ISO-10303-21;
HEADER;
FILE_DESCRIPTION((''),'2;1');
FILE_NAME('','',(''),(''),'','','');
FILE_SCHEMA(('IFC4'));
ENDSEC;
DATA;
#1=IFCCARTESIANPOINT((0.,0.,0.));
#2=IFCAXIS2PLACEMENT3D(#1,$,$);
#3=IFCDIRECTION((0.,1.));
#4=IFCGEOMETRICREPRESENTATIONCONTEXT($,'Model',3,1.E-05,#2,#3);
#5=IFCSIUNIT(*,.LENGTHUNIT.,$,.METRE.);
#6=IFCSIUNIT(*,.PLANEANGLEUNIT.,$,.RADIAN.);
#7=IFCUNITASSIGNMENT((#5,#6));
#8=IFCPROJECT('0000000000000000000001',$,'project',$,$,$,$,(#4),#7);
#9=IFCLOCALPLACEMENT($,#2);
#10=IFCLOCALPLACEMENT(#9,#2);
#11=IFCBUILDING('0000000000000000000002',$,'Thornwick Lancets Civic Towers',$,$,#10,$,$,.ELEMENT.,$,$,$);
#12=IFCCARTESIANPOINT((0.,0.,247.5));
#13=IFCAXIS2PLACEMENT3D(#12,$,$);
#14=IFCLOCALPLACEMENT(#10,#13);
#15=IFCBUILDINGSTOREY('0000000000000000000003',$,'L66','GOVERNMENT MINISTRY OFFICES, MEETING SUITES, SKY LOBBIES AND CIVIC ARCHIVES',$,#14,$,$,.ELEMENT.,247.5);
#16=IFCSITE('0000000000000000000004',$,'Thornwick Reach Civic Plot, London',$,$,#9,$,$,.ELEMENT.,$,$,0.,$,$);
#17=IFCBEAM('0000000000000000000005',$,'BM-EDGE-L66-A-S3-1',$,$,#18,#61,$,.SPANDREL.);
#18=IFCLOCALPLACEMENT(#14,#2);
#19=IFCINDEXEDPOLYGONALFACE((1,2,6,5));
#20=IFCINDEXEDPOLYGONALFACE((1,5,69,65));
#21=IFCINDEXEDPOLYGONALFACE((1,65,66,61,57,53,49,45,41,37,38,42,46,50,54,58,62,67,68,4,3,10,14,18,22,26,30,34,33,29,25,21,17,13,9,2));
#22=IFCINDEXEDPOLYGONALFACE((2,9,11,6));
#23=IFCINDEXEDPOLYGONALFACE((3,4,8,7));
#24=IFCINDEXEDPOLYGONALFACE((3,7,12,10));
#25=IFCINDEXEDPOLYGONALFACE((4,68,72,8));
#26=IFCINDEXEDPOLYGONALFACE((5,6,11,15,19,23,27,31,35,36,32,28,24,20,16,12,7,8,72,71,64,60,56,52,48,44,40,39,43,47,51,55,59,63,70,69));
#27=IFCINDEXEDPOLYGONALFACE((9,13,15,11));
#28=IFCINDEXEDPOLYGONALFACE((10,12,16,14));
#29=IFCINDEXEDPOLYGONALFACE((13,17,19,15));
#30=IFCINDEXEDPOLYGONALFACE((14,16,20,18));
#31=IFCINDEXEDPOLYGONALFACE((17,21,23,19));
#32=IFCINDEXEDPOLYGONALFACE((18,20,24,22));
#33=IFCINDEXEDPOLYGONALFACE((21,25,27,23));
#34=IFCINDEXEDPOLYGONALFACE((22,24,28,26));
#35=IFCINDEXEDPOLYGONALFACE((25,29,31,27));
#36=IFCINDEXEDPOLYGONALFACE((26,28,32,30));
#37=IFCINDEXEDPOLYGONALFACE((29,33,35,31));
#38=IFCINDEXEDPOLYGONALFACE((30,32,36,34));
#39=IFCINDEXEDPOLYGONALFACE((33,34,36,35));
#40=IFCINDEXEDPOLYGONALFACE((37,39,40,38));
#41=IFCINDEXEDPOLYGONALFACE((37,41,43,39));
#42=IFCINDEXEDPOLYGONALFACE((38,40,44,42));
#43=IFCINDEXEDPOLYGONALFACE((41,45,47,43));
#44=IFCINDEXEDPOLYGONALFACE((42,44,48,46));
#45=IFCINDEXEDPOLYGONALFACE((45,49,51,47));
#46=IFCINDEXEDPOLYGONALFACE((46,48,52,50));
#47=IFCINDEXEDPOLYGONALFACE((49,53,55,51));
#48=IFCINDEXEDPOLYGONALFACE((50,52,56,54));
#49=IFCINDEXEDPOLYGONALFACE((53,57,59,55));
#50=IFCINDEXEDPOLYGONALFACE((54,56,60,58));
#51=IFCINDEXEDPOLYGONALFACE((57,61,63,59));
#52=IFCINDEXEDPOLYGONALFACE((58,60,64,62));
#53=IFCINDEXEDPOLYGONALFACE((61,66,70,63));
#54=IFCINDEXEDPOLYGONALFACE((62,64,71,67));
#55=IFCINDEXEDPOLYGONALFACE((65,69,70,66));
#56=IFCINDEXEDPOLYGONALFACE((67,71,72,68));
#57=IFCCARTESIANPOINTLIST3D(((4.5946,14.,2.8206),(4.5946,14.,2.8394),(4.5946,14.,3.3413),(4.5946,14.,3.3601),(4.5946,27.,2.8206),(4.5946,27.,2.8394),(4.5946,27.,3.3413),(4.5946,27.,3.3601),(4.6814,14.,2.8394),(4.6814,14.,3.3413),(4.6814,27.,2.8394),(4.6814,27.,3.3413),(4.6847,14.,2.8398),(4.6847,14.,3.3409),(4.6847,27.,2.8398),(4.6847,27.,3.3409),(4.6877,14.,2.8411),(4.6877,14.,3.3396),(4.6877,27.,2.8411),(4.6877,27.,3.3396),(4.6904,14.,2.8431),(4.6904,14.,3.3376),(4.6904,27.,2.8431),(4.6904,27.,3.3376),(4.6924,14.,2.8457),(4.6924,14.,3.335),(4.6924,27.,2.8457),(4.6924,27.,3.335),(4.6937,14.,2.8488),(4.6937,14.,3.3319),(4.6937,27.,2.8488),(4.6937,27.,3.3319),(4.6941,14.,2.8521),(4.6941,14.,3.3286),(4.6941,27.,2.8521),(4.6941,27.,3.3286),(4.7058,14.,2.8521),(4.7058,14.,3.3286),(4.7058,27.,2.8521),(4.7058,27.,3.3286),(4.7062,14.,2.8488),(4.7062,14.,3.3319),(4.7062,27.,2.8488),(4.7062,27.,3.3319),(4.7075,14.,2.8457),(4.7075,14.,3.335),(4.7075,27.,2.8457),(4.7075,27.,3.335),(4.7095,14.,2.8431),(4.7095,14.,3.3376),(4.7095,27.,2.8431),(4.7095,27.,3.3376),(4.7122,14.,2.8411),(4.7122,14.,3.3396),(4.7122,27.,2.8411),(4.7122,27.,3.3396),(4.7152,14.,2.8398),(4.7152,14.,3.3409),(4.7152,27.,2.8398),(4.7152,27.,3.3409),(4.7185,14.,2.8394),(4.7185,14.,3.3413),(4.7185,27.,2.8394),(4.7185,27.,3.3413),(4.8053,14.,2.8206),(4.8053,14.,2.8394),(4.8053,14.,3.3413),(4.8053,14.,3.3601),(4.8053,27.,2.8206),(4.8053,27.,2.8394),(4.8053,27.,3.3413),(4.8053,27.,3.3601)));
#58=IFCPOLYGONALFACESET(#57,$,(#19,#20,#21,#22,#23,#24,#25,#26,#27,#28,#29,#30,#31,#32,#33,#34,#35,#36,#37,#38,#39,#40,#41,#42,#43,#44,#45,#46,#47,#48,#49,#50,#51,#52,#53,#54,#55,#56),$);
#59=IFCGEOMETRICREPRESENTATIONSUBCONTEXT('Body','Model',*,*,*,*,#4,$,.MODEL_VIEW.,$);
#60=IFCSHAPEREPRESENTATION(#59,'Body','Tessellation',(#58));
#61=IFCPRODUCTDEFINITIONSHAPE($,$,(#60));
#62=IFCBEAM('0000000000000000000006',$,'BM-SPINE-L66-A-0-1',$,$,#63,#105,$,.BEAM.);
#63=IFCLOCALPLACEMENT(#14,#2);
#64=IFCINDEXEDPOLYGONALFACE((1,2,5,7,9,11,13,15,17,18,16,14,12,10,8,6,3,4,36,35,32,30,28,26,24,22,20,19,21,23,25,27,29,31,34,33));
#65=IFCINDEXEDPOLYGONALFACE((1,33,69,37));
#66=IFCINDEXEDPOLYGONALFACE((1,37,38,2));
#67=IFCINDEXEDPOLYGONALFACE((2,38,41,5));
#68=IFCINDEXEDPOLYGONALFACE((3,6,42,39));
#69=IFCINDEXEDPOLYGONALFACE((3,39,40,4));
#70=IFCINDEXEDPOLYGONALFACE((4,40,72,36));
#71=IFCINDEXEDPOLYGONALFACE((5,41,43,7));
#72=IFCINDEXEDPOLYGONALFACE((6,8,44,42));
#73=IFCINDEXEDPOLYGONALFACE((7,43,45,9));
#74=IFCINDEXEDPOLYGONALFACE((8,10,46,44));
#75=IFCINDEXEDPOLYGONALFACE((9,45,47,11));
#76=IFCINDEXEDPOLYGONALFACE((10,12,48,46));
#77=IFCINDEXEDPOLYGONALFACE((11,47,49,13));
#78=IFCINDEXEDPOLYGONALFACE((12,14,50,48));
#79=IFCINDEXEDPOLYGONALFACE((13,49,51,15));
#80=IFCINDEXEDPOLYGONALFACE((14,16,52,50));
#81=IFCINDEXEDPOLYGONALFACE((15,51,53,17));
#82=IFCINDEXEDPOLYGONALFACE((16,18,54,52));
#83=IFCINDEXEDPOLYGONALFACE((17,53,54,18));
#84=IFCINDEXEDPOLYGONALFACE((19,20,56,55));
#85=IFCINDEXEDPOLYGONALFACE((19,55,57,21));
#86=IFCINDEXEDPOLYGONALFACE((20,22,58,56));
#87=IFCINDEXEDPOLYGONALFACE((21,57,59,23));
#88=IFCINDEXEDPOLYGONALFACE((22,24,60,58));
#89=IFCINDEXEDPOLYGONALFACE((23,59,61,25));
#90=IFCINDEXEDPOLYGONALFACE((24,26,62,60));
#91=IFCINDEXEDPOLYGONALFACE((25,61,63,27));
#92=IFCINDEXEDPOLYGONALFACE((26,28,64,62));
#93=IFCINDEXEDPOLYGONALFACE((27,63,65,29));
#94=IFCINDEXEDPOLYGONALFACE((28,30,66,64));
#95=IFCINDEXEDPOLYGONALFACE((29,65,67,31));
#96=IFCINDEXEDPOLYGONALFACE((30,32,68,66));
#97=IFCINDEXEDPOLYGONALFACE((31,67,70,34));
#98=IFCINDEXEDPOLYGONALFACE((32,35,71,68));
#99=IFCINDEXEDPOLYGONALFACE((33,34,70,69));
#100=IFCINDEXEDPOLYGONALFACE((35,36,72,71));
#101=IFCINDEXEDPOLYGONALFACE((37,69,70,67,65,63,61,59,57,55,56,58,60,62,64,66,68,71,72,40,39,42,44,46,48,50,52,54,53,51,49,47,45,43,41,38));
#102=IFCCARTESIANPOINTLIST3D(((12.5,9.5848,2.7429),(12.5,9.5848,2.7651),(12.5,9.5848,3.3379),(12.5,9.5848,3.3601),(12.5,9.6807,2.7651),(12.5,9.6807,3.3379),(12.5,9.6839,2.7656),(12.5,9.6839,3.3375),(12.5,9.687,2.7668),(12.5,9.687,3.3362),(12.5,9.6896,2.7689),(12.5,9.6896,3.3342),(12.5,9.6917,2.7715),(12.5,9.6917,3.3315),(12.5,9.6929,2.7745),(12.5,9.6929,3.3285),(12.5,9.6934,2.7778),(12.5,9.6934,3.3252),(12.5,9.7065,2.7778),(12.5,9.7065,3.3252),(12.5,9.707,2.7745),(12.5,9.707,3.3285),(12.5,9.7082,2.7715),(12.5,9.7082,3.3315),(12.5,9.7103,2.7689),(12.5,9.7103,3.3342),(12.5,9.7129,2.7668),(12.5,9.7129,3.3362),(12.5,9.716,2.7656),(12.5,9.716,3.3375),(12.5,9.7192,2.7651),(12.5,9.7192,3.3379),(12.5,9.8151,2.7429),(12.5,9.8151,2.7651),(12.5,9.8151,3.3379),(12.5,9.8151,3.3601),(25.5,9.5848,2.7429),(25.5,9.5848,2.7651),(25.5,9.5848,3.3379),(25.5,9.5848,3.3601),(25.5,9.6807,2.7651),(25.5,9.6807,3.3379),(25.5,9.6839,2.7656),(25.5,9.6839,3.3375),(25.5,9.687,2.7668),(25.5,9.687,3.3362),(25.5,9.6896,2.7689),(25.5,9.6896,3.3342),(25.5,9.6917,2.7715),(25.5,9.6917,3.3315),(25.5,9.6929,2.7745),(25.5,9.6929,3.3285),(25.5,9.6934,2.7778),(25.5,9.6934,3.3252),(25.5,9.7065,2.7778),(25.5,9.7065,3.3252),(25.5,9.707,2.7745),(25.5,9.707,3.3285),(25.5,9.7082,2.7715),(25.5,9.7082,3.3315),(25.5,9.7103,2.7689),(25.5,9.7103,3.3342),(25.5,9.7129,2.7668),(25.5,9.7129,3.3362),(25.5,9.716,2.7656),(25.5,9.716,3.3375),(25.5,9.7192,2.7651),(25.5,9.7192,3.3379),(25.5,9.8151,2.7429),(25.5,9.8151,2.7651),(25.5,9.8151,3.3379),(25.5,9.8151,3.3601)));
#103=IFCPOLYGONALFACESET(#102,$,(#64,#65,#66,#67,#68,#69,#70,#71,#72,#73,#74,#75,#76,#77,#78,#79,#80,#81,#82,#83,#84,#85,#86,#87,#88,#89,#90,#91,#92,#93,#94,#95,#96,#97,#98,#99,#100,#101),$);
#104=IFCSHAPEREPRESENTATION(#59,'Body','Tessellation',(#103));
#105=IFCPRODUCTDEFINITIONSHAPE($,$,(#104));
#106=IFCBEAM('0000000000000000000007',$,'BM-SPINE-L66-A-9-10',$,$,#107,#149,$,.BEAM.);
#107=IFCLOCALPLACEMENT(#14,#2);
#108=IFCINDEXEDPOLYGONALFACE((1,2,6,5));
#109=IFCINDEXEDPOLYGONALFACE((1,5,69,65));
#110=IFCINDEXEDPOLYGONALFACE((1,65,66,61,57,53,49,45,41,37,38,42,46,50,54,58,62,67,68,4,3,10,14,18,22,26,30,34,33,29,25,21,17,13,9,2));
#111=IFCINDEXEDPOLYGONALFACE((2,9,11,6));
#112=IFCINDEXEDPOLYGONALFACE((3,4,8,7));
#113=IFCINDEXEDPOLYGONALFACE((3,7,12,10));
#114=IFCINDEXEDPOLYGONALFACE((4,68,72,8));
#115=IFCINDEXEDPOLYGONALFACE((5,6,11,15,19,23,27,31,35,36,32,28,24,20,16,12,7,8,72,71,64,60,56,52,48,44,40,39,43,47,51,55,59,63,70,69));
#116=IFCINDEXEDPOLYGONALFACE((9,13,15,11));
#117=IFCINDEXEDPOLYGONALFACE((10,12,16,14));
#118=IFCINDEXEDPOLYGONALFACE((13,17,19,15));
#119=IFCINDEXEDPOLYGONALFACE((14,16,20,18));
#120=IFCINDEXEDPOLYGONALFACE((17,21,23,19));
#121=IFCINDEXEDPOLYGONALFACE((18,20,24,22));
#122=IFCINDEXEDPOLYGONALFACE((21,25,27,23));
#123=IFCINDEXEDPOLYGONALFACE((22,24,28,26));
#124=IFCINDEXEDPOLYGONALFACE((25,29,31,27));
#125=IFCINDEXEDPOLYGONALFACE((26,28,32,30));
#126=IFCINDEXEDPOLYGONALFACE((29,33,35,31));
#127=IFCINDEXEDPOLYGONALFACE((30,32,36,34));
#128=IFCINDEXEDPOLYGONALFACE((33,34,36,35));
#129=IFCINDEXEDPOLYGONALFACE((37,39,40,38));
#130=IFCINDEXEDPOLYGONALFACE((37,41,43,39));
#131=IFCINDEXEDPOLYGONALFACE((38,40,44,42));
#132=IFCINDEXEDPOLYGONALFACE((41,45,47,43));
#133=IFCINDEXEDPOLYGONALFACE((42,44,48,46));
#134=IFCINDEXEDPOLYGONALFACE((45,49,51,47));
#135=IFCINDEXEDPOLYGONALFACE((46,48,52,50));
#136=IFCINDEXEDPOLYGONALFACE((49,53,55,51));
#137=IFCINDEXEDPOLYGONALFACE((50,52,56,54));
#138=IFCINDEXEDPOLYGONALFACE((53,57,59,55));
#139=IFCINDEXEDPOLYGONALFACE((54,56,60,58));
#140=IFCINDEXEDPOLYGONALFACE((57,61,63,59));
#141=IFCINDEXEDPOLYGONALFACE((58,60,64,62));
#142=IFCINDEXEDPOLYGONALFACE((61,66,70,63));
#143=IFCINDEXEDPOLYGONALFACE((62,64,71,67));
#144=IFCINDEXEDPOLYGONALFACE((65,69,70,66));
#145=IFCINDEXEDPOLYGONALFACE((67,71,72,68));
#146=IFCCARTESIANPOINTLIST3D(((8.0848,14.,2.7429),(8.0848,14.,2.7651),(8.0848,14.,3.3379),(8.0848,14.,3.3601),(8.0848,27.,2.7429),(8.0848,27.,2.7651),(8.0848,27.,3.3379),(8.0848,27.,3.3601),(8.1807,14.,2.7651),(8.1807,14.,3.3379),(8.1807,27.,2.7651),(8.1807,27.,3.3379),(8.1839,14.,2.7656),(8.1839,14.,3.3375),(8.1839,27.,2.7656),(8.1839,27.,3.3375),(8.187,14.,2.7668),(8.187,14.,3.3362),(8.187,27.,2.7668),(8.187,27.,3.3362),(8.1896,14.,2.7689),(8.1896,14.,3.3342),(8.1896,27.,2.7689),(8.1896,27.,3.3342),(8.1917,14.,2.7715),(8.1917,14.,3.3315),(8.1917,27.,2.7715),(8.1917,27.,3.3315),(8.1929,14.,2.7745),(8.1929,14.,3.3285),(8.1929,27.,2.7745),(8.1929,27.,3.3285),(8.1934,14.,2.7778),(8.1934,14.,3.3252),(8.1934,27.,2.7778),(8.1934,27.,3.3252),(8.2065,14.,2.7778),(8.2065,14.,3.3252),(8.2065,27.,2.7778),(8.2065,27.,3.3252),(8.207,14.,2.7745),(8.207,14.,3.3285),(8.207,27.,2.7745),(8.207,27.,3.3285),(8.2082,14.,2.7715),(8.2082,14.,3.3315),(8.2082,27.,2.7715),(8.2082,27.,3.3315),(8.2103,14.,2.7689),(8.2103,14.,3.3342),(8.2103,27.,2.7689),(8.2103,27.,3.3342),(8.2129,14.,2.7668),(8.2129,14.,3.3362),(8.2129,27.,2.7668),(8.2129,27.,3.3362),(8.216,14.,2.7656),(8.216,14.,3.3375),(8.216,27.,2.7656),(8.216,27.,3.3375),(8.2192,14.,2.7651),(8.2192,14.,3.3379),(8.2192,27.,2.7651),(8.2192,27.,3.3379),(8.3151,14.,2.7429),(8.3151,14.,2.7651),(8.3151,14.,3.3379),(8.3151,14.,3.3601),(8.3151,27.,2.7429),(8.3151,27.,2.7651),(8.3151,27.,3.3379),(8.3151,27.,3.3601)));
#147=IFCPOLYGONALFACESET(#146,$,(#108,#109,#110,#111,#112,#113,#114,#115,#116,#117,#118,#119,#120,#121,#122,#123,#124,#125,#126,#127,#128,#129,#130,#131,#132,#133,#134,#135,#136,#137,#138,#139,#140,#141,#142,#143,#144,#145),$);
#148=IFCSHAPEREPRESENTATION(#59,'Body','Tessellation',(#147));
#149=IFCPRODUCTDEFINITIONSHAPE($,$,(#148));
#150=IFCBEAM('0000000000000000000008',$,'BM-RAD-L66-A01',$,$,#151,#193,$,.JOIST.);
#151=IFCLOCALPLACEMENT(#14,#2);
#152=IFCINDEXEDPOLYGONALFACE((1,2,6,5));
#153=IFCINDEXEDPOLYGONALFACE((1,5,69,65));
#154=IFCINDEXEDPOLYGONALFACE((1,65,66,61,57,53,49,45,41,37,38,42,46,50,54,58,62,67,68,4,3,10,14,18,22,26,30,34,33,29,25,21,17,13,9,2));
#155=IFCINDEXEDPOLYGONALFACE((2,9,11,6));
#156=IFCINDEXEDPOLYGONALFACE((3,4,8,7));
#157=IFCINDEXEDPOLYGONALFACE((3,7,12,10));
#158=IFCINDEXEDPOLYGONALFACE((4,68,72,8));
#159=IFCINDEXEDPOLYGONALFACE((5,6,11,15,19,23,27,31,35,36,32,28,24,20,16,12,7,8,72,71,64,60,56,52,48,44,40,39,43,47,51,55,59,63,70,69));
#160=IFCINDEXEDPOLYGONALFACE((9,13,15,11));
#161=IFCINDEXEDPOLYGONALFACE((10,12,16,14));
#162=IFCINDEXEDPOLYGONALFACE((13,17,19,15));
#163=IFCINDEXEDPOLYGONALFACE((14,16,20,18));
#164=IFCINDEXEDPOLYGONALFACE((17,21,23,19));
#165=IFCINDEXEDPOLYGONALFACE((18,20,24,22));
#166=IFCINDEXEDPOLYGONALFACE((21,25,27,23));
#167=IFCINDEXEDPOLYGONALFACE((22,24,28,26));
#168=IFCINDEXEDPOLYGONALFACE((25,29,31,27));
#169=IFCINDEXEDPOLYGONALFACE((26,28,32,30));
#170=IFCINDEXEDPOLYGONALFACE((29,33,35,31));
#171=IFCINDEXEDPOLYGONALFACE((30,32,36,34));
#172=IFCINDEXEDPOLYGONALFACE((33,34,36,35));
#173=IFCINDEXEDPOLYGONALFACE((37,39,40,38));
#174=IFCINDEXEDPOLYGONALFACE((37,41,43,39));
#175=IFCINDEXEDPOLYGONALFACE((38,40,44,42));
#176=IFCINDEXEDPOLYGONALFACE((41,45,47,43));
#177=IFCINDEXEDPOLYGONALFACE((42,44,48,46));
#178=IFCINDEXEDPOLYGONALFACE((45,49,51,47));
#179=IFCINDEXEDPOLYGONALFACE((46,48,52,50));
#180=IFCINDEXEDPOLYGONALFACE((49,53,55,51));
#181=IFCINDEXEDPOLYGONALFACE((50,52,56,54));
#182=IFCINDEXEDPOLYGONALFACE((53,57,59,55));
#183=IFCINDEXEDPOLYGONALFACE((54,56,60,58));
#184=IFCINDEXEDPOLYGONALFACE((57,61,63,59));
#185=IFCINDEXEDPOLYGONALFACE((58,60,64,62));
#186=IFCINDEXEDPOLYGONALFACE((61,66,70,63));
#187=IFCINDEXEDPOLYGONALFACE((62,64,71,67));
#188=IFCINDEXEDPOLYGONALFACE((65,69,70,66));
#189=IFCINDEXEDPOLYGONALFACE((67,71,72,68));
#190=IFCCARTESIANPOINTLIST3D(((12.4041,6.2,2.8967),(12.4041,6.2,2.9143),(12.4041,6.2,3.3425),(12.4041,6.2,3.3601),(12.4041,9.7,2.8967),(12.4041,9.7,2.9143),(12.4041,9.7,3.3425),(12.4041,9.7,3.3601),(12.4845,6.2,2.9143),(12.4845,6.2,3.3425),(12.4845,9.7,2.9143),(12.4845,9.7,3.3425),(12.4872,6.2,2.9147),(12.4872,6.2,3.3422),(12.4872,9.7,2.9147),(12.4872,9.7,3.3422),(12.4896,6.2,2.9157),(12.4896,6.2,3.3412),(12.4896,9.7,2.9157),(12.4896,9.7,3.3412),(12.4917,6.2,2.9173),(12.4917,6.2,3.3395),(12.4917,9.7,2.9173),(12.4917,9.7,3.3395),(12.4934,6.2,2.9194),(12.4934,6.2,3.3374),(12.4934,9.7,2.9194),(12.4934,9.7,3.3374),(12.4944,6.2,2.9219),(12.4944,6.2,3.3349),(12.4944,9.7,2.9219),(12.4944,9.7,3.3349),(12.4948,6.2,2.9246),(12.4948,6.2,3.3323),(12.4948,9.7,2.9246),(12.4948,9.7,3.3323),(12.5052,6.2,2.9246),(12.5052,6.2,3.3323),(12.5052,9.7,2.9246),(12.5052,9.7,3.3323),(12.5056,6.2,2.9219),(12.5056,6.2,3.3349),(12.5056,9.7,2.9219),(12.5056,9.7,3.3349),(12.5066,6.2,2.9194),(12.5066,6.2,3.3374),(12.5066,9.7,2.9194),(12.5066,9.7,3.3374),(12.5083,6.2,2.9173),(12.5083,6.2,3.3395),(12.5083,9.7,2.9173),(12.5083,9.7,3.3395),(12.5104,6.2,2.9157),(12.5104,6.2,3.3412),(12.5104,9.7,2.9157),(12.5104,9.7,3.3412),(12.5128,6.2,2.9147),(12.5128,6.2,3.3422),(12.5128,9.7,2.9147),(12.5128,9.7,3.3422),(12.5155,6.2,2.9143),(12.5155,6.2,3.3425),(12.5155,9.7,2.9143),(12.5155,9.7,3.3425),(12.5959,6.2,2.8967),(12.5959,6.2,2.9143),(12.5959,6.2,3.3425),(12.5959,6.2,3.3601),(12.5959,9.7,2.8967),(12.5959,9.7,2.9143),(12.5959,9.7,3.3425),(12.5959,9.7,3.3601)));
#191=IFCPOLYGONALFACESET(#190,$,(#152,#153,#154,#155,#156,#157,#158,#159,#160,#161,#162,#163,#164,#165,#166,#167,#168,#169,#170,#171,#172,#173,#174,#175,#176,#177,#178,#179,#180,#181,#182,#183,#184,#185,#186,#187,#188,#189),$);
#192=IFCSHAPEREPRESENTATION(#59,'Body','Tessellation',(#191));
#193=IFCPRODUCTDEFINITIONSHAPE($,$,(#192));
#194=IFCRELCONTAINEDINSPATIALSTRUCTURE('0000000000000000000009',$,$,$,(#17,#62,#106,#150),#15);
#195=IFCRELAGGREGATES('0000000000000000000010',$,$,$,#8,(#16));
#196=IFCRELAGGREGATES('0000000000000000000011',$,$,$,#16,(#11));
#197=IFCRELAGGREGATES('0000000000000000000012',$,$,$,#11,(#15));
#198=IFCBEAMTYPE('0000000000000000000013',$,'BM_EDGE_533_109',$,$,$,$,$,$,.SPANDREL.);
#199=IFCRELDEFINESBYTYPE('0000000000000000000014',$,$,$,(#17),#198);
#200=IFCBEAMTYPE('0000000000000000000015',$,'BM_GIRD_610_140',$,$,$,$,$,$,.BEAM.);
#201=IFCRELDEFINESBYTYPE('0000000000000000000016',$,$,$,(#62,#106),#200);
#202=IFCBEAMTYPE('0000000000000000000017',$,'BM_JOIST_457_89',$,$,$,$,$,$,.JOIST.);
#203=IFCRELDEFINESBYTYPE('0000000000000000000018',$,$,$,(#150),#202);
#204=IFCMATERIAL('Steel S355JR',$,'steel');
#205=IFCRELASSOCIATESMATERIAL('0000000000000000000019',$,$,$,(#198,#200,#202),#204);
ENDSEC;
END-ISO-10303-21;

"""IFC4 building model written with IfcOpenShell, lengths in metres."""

from ifc_helpers import new_model, si_unit, direction, frame, origin, origin_2d, place, context, subcontext, project, spatial, i_section, extrude, material, material_profile, profile_set, type_object, element, save


model = new_model("IFC4")

# Units and contexts
model_context = context("Model", 3, precision=1e-05, world=origin(), true_north=direction((0.0, 1.0)))
body_context = subcontext(model_context, "Body", "Model", "MODEL_VIEW")
ifc_project = project(units=[si_unit("LENGTHUNIT", "METRE"), si_unit("PLANEANGLEUNIT", "RADIAN")], contexts=[model_context])

# Site, building, storey
site_placement = place(None, origin())
site = spatial("IfcSite", under=ifc_project, at=site_placement, Name="Thornwick Reach Civic Plot, London", CompositionType="ELEMENT", RefElevation=0.0)
building_placement = place(site_placement, origin())
building = spatial("IfcBuilding", under=site, at=building_placement, Name="Thornwick Lancets Civic Towers", CompositionType="ELEMENT")
storey_placement = place(building_placement, frame((0.0, 0.0, 247.5)))
storey = spatial("IfcBuildingStorey", under=building, at=storey_placement, Name="L66", Description="GOVERNMENT MINISTRY OFFICES, MEETING SUITES, SKY LOBBIES AND CIVIC ARCHIVES", CompositionType="ELEMENT", Elevation=247.5)

# Shared definitions
ifc_material_1 = material(Name="Steel S355JR", Category="steel")

# Beams
ifc_material_profile_1 = material_profile(ifc_material_1, i_section(OverallWidth=0.2107, OverallDepth=0.5396, WebThickness=0.0117, FlangeThickness=0.0188, FilletRadius=0.0127, at=origin_2d()), Name="UKB 533x210x109")
ifc_profile_set_1 = profile_set([ifc_material_profile_1], Name="Steel S355JR")
beam_type_1 = type_object("IfcBeamType", Name="BM_EDGE_533_109", PredefinedType="SPANDREL", material=ifc_profile_set_1)
for number, where, z_axis, x_axis, name in (
    (1, (4.7, 14.0, 3.0903), (0.0, 1.0, 0.0), (-1.0, 0.0, 0.0), "BM-EDGE-L66-A-S3-1"),
):
    element("IfcBeam", number, at=place(storey_placement, frame(where, z_axis=z_axis, x_axis=x_axis)), inside=storey, type_object=beam_type_1, Name=name, PredefinedType="SPANDREL", context=body_context, shape_type="SweptSolid", body=[
        extrude(i_section(OverallWidth=0.2107, OverallDepth=0.5396, WebThickness=0.0117, FlangeThickness=0.0188, FilletRadius=0.0127, at=origin_2d()), origin(), (0.0, 0.0, 1.0), 13.0),
    ])
ifc_material_profile_2 = material_profile(ifc_material_1, i_section(OverallWidth=0.2302, OverallDepth=0.6172, WebThickness=0.0132, FlangeThickness=0.0222, FilletRadius=0.0127, at=origin_2d()), Name="UKB 610x229x140")
ifc_profile_set_2 = profile_set([ifc_material_profile_2], Name="Steel S355JR")
beam_type_2 = type_object("IfcBeamType", Name="BM_GIRD_610_140", PredefinedType="BEAM", material=ifc_profile_set_2)
for number, where, z_axis, x_axis, name in (
    (2, (12.5, 9.7, 3.0515), (1.0, 0.0, 0.0), (0.0, 1.0, 0.0), "BM-SPINE-L66-A-0-1"),
    (3, (8.2, 14.0, 3.0515), (0.0, 1.0, 0.0), (-1.0, 0.0, 0.0), "BM-SPINE-L66-A-9-10"),
):
    element("IfcBeam", number, at=place(storey_placement, frame(where, z_axis=z_axis, x_axis=x_axis)), inside=storey, type_object=beam_type_2, Name=name, PredefinedType="BEAM", context=body_context, shape_type="SweptSolid", body=[
        extrude(i_section(OverallWidth=0.2302, OverallDepth=0.6172, WebThickness=0.0132, FlangeThickness=0.0222, FilletRadius=0.0127, at=origin_2d()), origin(), (0.0, 0.0, 1.0), 13.0),
    ])
ifc_material_profile_3 = material_profile(ifc_material_1, i_section(OverallWidth=0.1919, OverallDepth=0.4634, WebThickness=0.0105, FlangeThickness=0.0176, FilletRadius=0.0103, at=origin_2d()), Name="UKB 457x191x89")
ifc_profile_set_3 = profile_set([ifc_material_profile_3], Name="Steel S355JR")
beam_type_3 = type_object("IfcBeamType", Name="BM_JOIST_457_89", PredefinedType="JOIST", material=ifc_profile_set_3)
for number, where, z_axis, x_axis, name in (
    (4, (12.5, 9.7, 3.1284), (0.0, -1.0, 0.0), (1.0, 0.0, 0.0), "BM-RAD-L66-A01"),
):
    element("IfcBeam", number, at=place(storey_placement, frame(where, z_axis=z_axis, x_axis=x_axis)), inside=storey, type_object=beam_type_3, Name=name, PredefinedType="JOIST", context=body_context, shape_type="SweptSolid", body=[
        extrude(i_section(OverallWidth=0.1919, OverallDepth=0.4634, WebThickness=0.0105, FlangeThickness=0.0176, FilletRadius=0.0103, at=origin_2d()), origin(), (0.0, 0.0, 1.0), 3.5),
    ])

save(model, "model.ifc")
